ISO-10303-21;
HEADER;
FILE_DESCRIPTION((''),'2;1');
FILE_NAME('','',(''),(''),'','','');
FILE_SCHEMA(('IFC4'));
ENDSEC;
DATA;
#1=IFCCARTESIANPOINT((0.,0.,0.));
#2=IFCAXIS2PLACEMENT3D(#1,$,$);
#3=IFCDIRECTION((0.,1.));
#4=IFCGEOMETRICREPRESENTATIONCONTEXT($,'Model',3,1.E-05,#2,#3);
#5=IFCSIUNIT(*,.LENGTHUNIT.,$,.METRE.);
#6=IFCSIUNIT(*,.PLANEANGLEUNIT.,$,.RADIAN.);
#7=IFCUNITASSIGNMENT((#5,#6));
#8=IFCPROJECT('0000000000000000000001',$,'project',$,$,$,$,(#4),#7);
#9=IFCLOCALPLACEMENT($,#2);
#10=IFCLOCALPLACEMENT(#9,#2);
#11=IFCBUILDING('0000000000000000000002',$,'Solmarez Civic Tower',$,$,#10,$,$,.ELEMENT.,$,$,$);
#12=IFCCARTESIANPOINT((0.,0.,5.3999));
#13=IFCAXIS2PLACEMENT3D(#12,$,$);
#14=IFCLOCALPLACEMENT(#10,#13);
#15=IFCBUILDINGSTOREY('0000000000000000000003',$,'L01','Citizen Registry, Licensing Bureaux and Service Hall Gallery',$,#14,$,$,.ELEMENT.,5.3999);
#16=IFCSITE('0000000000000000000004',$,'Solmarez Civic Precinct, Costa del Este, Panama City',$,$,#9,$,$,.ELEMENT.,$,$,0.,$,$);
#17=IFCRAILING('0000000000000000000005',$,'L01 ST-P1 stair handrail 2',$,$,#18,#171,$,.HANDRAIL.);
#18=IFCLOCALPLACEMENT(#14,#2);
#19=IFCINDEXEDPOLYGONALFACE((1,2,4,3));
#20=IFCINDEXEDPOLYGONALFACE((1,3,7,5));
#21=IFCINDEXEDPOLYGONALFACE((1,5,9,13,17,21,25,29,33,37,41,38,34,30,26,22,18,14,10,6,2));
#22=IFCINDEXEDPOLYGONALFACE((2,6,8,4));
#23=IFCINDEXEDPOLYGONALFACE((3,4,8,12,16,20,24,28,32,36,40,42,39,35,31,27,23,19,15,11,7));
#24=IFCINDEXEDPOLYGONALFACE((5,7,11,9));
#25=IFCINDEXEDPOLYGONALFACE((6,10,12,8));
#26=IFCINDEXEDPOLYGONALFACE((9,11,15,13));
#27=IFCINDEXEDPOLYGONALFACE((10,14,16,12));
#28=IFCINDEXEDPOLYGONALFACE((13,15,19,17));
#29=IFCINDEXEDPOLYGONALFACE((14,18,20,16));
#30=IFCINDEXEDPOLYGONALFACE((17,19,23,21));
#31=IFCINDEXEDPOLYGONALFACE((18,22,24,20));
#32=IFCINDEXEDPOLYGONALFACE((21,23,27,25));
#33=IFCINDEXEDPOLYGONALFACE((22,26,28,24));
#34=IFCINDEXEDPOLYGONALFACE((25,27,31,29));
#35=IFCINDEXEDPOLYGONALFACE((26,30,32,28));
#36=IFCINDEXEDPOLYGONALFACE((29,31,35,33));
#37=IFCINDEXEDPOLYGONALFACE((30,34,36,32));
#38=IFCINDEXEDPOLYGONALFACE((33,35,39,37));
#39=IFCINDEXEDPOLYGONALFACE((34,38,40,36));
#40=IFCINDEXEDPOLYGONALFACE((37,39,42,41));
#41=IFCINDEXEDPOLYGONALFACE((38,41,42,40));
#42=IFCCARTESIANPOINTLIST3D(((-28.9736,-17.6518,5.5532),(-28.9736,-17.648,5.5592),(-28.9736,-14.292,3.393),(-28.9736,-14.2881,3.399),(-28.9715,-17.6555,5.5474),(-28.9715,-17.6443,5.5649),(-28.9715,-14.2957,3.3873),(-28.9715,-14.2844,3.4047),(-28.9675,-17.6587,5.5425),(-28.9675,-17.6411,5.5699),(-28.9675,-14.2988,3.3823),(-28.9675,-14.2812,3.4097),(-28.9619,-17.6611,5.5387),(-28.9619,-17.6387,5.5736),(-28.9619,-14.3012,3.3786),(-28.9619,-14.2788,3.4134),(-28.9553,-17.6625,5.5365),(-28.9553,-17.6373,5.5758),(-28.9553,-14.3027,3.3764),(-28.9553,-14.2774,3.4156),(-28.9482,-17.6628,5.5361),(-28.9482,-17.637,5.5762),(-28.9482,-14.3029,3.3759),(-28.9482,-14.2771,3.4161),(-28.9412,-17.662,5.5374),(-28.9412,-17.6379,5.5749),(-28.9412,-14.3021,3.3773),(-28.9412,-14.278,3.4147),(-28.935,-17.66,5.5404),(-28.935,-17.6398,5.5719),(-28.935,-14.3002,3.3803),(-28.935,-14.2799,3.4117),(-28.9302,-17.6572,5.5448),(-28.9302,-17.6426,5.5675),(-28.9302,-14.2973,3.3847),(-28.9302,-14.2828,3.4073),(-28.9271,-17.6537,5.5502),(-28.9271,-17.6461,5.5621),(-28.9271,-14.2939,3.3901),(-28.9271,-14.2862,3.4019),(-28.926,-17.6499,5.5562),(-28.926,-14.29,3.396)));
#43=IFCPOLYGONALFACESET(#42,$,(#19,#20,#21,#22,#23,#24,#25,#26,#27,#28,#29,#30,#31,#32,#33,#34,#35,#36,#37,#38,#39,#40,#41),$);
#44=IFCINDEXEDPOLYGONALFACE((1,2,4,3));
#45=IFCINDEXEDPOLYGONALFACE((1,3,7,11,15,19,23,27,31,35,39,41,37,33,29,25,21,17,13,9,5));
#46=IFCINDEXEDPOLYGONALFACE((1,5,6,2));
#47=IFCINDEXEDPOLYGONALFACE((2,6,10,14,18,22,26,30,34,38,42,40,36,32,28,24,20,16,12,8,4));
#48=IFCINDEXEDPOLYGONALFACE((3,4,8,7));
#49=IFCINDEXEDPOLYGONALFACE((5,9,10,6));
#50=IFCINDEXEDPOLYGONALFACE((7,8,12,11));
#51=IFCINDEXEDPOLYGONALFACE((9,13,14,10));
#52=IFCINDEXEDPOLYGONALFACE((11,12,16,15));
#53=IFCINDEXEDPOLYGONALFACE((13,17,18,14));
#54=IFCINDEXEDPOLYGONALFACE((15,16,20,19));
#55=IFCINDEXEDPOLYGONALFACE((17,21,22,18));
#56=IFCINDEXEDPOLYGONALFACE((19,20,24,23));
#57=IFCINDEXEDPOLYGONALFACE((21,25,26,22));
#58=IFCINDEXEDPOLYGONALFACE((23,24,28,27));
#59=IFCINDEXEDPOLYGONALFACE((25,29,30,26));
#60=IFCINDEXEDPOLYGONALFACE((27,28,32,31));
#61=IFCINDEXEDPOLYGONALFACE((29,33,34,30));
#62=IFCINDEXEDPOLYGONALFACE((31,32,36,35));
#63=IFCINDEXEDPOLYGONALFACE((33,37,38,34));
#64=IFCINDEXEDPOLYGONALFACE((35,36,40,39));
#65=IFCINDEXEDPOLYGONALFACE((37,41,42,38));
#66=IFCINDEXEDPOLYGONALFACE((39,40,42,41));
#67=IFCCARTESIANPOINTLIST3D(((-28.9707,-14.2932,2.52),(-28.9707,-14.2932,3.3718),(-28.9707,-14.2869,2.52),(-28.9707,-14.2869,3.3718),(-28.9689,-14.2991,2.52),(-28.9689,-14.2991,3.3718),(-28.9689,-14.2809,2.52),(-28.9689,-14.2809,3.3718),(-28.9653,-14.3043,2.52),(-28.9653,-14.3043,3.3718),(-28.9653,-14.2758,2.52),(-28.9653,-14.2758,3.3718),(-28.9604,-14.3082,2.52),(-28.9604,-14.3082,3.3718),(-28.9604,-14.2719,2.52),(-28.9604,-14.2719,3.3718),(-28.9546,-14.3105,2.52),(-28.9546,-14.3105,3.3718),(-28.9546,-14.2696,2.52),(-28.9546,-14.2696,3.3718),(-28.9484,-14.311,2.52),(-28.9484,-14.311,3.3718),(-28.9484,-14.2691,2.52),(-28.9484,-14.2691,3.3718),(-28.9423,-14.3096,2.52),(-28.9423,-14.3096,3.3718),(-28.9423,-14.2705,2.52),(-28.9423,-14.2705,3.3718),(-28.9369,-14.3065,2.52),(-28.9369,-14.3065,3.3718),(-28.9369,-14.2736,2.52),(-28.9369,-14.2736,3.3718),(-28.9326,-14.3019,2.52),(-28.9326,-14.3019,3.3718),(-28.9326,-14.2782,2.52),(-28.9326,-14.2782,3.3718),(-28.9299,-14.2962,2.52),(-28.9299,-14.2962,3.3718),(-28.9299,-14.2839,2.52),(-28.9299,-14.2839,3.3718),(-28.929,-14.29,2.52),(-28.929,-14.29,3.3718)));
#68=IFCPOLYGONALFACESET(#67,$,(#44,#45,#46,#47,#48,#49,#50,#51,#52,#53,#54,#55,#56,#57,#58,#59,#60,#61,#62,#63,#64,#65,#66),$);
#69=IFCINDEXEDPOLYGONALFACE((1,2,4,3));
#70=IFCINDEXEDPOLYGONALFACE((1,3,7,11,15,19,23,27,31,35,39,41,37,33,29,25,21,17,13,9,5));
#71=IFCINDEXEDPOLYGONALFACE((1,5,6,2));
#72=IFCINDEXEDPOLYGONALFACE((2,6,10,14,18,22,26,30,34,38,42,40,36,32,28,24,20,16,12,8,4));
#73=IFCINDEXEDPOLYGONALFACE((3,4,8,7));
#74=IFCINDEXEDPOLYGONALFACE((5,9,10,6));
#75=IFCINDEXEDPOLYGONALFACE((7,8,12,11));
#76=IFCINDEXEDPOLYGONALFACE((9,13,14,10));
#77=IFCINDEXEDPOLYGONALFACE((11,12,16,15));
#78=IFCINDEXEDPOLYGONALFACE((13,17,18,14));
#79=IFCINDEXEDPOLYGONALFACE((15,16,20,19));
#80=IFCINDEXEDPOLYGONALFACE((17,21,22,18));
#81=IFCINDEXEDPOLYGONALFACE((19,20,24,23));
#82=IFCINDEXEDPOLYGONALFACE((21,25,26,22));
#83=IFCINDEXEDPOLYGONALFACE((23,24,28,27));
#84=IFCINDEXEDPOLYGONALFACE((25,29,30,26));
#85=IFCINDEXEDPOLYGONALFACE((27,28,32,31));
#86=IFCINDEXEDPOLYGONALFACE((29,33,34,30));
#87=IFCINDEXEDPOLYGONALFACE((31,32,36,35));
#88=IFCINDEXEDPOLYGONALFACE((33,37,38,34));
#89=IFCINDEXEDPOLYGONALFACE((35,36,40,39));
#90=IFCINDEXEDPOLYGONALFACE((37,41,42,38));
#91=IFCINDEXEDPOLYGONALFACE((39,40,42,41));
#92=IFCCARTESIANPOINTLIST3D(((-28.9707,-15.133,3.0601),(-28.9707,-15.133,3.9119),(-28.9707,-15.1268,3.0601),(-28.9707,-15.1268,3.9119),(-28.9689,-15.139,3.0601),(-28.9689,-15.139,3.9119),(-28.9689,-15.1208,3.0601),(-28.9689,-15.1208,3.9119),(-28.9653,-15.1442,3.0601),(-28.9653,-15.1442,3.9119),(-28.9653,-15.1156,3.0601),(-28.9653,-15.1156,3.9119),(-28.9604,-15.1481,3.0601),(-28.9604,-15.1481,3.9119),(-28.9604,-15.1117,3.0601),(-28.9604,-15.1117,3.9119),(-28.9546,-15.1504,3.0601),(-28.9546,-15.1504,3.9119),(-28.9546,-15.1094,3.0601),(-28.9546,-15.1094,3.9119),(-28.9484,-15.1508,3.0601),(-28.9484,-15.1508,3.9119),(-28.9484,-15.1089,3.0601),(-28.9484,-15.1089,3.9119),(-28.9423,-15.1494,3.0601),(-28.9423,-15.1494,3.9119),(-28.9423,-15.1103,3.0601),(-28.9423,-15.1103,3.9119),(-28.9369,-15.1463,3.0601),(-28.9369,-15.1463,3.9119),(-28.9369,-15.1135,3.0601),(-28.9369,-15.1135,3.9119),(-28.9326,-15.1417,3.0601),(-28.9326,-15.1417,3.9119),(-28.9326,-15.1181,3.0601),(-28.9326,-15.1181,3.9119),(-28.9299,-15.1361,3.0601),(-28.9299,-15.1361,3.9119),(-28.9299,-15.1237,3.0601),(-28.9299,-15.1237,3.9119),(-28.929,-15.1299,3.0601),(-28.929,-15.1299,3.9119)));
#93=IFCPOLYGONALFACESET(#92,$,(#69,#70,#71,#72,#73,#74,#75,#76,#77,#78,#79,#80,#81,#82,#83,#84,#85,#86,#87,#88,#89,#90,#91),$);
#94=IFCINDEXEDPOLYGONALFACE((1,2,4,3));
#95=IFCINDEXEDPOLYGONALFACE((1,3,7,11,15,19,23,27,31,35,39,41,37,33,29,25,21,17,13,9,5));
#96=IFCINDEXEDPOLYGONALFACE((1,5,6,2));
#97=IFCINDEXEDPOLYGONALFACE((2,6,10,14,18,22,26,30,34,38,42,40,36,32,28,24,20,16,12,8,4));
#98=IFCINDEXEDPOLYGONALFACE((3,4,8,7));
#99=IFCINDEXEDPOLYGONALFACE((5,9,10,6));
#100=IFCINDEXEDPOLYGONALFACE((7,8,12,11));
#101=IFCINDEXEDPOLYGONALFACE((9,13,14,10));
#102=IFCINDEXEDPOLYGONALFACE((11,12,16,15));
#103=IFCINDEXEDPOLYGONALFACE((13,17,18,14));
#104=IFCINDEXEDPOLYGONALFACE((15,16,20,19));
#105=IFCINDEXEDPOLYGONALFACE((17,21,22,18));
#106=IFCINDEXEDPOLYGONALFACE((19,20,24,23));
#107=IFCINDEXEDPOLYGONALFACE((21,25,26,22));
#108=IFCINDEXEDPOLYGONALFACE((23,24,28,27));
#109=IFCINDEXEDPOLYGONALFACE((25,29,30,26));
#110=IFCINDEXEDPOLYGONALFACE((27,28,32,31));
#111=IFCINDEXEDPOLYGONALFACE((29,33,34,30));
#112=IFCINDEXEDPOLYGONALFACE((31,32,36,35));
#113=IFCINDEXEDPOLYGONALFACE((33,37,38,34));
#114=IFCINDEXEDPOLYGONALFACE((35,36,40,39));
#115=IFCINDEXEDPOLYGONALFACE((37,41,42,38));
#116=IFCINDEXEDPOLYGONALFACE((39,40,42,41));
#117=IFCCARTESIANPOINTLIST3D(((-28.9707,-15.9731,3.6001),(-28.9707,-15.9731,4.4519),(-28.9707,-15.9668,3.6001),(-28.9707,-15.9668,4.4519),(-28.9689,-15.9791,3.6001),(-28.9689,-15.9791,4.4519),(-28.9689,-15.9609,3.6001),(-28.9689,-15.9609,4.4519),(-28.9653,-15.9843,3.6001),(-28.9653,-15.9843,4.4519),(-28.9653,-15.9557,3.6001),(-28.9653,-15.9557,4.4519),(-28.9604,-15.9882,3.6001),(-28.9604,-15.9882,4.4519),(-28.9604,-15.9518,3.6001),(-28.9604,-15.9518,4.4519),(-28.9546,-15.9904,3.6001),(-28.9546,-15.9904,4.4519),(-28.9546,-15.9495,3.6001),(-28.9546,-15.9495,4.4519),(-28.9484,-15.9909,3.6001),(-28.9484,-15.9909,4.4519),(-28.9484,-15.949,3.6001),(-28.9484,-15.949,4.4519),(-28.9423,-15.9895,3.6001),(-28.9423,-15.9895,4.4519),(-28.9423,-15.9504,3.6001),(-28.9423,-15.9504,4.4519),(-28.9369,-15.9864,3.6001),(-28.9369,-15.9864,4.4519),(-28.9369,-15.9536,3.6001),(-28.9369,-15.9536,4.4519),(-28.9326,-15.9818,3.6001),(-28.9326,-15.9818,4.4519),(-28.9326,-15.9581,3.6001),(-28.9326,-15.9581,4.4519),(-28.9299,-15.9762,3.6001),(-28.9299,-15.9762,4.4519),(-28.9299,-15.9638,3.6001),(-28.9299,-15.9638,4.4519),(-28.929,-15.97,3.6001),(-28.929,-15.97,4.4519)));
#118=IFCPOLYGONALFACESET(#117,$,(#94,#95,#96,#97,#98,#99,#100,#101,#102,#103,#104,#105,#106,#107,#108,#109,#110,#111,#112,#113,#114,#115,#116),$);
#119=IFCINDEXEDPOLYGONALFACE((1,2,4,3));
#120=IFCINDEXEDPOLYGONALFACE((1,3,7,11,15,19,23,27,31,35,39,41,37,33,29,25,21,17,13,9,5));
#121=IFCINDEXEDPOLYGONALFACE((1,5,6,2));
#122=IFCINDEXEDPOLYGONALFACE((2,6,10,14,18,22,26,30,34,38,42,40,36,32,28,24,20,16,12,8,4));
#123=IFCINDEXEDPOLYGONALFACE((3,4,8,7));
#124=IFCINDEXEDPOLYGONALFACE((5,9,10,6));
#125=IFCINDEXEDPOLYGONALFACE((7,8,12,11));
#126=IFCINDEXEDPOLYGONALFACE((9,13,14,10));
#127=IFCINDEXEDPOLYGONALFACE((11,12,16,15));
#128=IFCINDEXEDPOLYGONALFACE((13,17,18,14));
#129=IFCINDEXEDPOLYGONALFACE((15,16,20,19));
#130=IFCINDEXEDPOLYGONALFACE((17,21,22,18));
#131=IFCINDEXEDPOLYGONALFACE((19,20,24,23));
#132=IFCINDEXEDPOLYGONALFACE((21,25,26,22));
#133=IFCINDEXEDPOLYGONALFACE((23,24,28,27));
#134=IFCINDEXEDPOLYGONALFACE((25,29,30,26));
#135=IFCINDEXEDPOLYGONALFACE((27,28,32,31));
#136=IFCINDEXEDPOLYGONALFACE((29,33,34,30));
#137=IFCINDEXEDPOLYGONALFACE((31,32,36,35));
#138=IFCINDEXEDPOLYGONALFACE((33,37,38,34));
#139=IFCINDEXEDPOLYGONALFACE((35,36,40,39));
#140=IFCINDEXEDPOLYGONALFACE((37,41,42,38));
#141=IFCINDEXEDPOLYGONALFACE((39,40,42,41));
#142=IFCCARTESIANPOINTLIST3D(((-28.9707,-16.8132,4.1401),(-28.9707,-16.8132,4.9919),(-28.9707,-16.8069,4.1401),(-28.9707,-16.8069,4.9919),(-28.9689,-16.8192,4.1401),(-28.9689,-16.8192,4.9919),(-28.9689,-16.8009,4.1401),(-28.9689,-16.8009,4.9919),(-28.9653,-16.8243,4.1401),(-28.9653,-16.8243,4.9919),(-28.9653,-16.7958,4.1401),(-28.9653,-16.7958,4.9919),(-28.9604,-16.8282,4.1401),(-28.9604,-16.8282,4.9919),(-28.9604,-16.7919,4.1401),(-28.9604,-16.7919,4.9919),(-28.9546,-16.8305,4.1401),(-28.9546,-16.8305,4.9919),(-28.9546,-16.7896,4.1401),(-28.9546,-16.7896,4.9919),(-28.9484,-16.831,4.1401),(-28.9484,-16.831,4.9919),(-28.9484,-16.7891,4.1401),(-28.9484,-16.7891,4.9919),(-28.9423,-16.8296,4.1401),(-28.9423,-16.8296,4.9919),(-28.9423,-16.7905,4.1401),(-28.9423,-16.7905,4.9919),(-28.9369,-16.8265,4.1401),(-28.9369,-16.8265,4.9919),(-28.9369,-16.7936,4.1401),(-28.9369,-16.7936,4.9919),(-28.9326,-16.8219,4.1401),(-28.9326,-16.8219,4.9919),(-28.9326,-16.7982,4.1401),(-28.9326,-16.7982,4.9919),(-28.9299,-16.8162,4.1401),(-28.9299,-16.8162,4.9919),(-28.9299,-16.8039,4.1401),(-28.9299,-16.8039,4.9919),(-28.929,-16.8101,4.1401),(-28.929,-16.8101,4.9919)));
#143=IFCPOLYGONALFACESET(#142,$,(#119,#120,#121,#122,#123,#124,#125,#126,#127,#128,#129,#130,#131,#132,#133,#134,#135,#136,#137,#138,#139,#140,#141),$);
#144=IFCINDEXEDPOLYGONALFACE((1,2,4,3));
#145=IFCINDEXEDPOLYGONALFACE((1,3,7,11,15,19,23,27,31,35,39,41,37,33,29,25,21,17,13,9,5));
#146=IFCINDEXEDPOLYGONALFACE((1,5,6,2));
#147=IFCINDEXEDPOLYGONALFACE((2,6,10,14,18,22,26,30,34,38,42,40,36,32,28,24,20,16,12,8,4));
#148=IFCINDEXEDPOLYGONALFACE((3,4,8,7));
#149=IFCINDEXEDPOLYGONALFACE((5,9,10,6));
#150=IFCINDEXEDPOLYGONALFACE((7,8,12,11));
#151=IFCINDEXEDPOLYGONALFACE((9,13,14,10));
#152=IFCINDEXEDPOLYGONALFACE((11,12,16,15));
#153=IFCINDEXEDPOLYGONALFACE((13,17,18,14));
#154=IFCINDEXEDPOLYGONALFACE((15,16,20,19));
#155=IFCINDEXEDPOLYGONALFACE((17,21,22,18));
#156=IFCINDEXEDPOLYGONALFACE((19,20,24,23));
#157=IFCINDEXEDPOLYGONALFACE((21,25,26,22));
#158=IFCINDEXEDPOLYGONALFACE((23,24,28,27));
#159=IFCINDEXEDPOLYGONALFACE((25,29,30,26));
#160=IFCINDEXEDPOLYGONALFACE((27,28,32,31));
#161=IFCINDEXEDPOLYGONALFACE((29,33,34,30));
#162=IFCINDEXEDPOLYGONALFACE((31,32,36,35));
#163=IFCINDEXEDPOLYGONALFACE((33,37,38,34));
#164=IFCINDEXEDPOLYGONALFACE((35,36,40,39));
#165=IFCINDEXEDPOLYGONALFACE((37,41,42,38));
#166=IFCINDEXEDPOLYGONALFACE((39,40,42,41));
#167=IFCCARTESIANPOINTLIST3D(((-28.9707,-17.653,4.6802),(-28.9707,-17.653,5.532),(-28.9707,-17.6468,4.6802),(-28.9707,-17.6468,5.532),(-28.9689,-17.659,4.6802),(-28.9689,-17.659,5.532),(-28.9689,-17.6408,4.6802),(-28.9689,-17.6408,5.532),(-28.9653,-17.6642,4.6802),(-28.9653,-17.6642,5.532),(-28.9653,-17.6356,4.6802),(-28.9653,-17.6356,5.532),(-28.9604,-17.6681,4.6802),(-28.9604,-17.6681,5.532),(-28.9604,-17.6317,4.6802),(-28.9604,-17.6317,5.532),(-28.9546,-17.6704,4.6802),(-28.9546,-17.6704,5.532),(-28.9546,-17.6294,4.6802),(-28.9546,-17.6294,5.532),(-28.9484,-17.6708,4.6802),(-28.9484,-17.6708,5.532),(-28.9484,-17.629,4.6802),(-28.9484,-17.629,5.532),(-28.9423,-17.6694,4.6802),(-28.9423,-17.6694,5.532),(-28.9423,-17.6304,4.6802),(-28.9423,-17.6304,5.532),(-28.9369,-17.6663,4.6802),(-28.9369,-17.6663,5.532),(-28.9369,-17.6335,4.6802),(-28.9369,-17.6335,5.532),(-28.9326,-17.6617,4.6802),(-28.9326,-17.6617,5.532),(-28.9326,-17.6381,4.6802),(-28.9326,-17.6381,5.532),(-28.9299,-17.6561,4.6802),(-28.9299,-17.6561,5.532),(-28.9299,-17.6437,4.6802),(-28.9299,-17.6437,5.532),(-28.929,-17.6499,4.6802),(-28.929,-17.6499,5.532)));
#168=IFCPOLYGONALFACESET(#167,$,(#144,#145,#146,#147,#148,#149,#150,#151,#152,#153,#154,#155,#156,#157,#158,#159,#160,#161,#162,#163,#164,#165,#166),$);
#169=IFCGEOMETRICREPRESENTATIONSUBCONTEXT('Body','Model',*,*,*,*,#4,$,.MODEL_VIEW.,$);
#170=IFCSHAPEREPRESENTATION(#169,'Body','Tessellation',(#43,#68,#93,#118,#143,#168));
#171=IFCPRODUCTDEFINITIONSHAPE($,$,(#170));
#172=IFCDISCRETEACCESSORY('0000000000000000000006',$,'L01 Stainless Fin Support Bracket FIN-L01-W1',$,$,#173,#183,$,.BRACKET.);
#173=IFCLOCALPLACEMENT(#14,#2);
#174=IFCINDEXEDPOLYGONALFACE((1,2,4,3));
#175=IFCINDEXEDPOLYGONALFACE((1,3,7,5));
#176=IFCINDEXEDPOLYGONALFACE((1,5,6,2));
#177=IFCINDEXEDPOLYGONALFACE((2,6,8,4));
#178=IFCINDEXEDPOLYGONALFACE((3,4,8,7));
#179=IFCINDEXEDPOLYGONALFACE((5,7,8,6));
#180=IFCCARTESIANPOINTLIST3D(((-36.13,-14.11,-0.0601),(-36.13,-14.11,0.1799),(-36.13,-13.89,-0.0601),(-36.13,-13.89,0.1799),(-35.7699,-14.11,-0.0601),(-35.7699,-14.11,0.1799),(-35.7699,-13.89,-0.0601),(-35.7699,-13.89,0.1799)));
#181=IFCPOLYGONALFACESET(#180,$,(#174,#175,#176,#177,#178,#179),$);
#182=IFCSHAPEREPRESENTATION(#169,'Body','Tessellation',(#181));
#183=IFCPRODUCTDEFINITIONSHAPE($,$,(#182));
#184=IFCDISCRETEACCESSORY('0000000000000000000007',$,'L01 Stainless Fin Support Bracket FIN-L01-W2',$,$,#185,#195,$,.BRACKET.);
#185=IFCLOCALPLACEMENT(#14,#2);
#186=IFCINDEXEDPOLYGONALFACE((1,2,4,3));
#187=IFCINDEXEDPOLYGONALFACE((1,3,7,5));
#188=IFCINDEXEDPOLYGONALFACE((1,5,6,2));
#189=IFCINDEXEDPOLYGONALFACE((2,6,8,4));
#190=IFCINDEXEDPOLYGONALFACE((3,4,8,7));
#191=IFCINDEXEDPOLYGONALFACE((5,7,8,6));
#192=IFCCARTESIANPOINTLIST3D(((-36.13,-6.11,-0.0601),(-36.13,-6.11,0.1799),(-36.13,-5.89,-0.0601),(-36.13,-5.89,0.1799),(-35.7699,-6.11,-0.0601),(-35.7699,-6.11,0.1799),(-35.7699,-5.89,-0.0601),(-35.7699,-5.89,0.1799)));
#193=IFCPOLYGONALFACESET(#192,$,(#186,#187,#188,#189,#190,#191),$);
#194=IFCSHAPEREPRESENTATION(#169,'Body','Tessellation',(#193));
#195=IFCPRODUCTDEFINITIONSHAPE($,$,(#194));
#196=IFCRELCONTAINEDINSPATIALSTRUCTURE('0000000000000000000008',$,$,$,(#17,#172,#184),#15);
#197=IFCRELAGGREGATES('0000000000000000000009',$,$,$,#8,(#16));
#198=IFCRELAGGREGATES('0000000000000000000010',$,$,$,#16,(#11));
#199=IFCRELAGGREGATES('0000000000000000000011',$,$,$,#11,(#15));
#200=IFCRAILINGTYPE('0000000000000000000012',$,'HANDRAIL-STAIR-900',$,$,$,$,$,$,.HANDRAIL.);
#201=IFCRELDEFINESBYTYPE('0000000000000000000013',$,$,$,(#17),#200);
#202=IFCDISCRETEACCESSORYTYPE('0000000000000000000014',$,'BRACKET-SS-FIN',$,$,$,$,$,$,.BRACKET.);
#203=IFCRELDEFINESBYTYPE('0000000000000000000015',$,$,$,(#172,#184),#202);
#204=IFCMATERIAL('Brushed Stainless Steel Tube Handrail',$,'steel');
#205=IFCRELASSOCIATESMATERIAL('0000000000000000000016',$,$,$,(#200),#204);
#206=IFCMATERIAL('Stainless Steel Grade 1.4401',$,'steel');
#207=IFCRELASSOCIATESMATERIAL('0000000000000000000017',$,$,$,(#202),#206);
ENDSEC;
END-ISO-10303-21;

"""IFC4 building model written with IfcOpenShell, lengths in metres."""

from ifc_helpers import new_model, si_unit, direction, frame, origin, origin_2d, place, context, subcontext, project, spatial, rectangle, circle, extrude, material, type_object, element, save


model = new_model("IFC4")

# Units and contexts
model_context = context("Model", 3, precision=1e-05, world=origin(), true_north=direction((0.0, 1.0)))
body_context = subcontext(model_context, "Body", "Model", "MODEL_VIEW")
ifc_project = project(units=[si_unit("LENGTHUNIT", "METRE"), si_unit("PLANEANGLEUNIT", "RADIAN")], contexts=[model_context])

# Site, building, storey
site_placement = place(None, origin())
site = spatial("IfcSite", under=ifc_project, at=site_placement, Name="Solmarez Civic Precinct, Costa del Este, Panama City", CompositionType="ELEMENT", RefElevation=0.0)
building_placement = place(site_placement, origin())
building = spatial("IfcBuilding", under=site, at=building_placement, Name="Solmarez Civic Tower", CompositionType="ELEMENT")
storey_placement = place(building_placement, frame((0.0, 0.0, 5.3999)))
storey = spatial("IfcBuildingStorey", under=building, at=storey_placement, Name="L01", Description="Citizen Registry, Licensing Bureaux and Service Hall Gallery", CompositionType="ELEMENT", Elevation=5.3999)

# Railing
ifc_material_1 = material(Name="Brushed Stainless Steel Tube Handrail", Category="steel")
railing_type_1 = type_object("IfcRailingType", Name="HANDRAIL-STAIR-900", PredefinedType="HANDRAIL", material=ifc_material_1)
railing_1_placement = place(storey_placement, frame((-28.95, -14.29, 2.52)))
element("IfcRailing", 1, at=railing_1_placement, inside=storey, type_object=railing_type_1, Name="L01 ST-P1 stair handrail 2", PredefinedType="HANDRAIL", context=body_context, shape_type="SweptSolid", body=[
    extrude(circle(Radius=0.0239, at=origin_2d()), frame((0.0, 0.0, 0.876), z_axis=(0.0, -0.841151, 0.540801), x_axis=(1.0, 0.0, 0.0)), (0.0, 0.0, 1.0), 3.9944),
    extrude(circle(Radius=0.021, at=origin_2d()), origin(), (0.0, 0.0, 1.0), 0.8518),
    extrude(circle(Radius=0.021, at=origin_2d()), frame((0.0, -0.8398, 0.54)), (0.0, 0.0, 1.0), 0.8518),
    extrude(circle(Radius=0.021, at=origin_2d()), frame((0.0, -1.6799, 1.0801)), (0.0, 0.0, 1.0), 0.8518),
    extrude(circle(Radius=0.021, at=origin_2d()), frame((0.0, -2.52, 1.6201)), (0.0, 0.0, 1.0), 0.8518),
    extrude(circle(Radius=0.021, at=origin_2d()), frame((0.0, -3.3599, 2.1602)), (0.0, 0.0, 1.0), 0.8518),
])

# Discrete accessories
ifc_material_2 = material(Name="Stainless Steel Grade 1.4401", Category="steel")
discrete_accessory_type = type_object("IfcDiscreteAccessoryType", Name="BRACKET-SS-FIN", PredefinedType="BRACKET", material=ifc_material_2)
for number, where, z_axis, x_axis, name in (
    (2, (-35.95, -14.0, -0.0601), (0.0, 0.0, 1.0), (-1.0, 0.0, 0.0), "L01 Stainless Fin Support Bracket FIN-L01-W1"),
    (3, (-35.95, -6.0, -0.0601), (0.0, 0.0, 1.0), (-1.0, 0.0, 0.0), "L01 Stainless Fin Support Bracket FIN-L01-W2"),
):
    element("IfcDiscreteAccessory", number, at=place(storey_placement, frame(where, z_axis=z_axis, x_axis=x_axis)), inside=storey, type_object=discrete_accessory_type, Name=name, PredefinedType="BRACKET", context=body_context, shape_type="SweptSolid", body=[
        extrude(rectangle(XDim=0.3601, YDim=0.22, at=origin_2d()), origin(), (0.0, 0.0, 1.0), 0.24),
    ])

save(model, "model.ifc")
